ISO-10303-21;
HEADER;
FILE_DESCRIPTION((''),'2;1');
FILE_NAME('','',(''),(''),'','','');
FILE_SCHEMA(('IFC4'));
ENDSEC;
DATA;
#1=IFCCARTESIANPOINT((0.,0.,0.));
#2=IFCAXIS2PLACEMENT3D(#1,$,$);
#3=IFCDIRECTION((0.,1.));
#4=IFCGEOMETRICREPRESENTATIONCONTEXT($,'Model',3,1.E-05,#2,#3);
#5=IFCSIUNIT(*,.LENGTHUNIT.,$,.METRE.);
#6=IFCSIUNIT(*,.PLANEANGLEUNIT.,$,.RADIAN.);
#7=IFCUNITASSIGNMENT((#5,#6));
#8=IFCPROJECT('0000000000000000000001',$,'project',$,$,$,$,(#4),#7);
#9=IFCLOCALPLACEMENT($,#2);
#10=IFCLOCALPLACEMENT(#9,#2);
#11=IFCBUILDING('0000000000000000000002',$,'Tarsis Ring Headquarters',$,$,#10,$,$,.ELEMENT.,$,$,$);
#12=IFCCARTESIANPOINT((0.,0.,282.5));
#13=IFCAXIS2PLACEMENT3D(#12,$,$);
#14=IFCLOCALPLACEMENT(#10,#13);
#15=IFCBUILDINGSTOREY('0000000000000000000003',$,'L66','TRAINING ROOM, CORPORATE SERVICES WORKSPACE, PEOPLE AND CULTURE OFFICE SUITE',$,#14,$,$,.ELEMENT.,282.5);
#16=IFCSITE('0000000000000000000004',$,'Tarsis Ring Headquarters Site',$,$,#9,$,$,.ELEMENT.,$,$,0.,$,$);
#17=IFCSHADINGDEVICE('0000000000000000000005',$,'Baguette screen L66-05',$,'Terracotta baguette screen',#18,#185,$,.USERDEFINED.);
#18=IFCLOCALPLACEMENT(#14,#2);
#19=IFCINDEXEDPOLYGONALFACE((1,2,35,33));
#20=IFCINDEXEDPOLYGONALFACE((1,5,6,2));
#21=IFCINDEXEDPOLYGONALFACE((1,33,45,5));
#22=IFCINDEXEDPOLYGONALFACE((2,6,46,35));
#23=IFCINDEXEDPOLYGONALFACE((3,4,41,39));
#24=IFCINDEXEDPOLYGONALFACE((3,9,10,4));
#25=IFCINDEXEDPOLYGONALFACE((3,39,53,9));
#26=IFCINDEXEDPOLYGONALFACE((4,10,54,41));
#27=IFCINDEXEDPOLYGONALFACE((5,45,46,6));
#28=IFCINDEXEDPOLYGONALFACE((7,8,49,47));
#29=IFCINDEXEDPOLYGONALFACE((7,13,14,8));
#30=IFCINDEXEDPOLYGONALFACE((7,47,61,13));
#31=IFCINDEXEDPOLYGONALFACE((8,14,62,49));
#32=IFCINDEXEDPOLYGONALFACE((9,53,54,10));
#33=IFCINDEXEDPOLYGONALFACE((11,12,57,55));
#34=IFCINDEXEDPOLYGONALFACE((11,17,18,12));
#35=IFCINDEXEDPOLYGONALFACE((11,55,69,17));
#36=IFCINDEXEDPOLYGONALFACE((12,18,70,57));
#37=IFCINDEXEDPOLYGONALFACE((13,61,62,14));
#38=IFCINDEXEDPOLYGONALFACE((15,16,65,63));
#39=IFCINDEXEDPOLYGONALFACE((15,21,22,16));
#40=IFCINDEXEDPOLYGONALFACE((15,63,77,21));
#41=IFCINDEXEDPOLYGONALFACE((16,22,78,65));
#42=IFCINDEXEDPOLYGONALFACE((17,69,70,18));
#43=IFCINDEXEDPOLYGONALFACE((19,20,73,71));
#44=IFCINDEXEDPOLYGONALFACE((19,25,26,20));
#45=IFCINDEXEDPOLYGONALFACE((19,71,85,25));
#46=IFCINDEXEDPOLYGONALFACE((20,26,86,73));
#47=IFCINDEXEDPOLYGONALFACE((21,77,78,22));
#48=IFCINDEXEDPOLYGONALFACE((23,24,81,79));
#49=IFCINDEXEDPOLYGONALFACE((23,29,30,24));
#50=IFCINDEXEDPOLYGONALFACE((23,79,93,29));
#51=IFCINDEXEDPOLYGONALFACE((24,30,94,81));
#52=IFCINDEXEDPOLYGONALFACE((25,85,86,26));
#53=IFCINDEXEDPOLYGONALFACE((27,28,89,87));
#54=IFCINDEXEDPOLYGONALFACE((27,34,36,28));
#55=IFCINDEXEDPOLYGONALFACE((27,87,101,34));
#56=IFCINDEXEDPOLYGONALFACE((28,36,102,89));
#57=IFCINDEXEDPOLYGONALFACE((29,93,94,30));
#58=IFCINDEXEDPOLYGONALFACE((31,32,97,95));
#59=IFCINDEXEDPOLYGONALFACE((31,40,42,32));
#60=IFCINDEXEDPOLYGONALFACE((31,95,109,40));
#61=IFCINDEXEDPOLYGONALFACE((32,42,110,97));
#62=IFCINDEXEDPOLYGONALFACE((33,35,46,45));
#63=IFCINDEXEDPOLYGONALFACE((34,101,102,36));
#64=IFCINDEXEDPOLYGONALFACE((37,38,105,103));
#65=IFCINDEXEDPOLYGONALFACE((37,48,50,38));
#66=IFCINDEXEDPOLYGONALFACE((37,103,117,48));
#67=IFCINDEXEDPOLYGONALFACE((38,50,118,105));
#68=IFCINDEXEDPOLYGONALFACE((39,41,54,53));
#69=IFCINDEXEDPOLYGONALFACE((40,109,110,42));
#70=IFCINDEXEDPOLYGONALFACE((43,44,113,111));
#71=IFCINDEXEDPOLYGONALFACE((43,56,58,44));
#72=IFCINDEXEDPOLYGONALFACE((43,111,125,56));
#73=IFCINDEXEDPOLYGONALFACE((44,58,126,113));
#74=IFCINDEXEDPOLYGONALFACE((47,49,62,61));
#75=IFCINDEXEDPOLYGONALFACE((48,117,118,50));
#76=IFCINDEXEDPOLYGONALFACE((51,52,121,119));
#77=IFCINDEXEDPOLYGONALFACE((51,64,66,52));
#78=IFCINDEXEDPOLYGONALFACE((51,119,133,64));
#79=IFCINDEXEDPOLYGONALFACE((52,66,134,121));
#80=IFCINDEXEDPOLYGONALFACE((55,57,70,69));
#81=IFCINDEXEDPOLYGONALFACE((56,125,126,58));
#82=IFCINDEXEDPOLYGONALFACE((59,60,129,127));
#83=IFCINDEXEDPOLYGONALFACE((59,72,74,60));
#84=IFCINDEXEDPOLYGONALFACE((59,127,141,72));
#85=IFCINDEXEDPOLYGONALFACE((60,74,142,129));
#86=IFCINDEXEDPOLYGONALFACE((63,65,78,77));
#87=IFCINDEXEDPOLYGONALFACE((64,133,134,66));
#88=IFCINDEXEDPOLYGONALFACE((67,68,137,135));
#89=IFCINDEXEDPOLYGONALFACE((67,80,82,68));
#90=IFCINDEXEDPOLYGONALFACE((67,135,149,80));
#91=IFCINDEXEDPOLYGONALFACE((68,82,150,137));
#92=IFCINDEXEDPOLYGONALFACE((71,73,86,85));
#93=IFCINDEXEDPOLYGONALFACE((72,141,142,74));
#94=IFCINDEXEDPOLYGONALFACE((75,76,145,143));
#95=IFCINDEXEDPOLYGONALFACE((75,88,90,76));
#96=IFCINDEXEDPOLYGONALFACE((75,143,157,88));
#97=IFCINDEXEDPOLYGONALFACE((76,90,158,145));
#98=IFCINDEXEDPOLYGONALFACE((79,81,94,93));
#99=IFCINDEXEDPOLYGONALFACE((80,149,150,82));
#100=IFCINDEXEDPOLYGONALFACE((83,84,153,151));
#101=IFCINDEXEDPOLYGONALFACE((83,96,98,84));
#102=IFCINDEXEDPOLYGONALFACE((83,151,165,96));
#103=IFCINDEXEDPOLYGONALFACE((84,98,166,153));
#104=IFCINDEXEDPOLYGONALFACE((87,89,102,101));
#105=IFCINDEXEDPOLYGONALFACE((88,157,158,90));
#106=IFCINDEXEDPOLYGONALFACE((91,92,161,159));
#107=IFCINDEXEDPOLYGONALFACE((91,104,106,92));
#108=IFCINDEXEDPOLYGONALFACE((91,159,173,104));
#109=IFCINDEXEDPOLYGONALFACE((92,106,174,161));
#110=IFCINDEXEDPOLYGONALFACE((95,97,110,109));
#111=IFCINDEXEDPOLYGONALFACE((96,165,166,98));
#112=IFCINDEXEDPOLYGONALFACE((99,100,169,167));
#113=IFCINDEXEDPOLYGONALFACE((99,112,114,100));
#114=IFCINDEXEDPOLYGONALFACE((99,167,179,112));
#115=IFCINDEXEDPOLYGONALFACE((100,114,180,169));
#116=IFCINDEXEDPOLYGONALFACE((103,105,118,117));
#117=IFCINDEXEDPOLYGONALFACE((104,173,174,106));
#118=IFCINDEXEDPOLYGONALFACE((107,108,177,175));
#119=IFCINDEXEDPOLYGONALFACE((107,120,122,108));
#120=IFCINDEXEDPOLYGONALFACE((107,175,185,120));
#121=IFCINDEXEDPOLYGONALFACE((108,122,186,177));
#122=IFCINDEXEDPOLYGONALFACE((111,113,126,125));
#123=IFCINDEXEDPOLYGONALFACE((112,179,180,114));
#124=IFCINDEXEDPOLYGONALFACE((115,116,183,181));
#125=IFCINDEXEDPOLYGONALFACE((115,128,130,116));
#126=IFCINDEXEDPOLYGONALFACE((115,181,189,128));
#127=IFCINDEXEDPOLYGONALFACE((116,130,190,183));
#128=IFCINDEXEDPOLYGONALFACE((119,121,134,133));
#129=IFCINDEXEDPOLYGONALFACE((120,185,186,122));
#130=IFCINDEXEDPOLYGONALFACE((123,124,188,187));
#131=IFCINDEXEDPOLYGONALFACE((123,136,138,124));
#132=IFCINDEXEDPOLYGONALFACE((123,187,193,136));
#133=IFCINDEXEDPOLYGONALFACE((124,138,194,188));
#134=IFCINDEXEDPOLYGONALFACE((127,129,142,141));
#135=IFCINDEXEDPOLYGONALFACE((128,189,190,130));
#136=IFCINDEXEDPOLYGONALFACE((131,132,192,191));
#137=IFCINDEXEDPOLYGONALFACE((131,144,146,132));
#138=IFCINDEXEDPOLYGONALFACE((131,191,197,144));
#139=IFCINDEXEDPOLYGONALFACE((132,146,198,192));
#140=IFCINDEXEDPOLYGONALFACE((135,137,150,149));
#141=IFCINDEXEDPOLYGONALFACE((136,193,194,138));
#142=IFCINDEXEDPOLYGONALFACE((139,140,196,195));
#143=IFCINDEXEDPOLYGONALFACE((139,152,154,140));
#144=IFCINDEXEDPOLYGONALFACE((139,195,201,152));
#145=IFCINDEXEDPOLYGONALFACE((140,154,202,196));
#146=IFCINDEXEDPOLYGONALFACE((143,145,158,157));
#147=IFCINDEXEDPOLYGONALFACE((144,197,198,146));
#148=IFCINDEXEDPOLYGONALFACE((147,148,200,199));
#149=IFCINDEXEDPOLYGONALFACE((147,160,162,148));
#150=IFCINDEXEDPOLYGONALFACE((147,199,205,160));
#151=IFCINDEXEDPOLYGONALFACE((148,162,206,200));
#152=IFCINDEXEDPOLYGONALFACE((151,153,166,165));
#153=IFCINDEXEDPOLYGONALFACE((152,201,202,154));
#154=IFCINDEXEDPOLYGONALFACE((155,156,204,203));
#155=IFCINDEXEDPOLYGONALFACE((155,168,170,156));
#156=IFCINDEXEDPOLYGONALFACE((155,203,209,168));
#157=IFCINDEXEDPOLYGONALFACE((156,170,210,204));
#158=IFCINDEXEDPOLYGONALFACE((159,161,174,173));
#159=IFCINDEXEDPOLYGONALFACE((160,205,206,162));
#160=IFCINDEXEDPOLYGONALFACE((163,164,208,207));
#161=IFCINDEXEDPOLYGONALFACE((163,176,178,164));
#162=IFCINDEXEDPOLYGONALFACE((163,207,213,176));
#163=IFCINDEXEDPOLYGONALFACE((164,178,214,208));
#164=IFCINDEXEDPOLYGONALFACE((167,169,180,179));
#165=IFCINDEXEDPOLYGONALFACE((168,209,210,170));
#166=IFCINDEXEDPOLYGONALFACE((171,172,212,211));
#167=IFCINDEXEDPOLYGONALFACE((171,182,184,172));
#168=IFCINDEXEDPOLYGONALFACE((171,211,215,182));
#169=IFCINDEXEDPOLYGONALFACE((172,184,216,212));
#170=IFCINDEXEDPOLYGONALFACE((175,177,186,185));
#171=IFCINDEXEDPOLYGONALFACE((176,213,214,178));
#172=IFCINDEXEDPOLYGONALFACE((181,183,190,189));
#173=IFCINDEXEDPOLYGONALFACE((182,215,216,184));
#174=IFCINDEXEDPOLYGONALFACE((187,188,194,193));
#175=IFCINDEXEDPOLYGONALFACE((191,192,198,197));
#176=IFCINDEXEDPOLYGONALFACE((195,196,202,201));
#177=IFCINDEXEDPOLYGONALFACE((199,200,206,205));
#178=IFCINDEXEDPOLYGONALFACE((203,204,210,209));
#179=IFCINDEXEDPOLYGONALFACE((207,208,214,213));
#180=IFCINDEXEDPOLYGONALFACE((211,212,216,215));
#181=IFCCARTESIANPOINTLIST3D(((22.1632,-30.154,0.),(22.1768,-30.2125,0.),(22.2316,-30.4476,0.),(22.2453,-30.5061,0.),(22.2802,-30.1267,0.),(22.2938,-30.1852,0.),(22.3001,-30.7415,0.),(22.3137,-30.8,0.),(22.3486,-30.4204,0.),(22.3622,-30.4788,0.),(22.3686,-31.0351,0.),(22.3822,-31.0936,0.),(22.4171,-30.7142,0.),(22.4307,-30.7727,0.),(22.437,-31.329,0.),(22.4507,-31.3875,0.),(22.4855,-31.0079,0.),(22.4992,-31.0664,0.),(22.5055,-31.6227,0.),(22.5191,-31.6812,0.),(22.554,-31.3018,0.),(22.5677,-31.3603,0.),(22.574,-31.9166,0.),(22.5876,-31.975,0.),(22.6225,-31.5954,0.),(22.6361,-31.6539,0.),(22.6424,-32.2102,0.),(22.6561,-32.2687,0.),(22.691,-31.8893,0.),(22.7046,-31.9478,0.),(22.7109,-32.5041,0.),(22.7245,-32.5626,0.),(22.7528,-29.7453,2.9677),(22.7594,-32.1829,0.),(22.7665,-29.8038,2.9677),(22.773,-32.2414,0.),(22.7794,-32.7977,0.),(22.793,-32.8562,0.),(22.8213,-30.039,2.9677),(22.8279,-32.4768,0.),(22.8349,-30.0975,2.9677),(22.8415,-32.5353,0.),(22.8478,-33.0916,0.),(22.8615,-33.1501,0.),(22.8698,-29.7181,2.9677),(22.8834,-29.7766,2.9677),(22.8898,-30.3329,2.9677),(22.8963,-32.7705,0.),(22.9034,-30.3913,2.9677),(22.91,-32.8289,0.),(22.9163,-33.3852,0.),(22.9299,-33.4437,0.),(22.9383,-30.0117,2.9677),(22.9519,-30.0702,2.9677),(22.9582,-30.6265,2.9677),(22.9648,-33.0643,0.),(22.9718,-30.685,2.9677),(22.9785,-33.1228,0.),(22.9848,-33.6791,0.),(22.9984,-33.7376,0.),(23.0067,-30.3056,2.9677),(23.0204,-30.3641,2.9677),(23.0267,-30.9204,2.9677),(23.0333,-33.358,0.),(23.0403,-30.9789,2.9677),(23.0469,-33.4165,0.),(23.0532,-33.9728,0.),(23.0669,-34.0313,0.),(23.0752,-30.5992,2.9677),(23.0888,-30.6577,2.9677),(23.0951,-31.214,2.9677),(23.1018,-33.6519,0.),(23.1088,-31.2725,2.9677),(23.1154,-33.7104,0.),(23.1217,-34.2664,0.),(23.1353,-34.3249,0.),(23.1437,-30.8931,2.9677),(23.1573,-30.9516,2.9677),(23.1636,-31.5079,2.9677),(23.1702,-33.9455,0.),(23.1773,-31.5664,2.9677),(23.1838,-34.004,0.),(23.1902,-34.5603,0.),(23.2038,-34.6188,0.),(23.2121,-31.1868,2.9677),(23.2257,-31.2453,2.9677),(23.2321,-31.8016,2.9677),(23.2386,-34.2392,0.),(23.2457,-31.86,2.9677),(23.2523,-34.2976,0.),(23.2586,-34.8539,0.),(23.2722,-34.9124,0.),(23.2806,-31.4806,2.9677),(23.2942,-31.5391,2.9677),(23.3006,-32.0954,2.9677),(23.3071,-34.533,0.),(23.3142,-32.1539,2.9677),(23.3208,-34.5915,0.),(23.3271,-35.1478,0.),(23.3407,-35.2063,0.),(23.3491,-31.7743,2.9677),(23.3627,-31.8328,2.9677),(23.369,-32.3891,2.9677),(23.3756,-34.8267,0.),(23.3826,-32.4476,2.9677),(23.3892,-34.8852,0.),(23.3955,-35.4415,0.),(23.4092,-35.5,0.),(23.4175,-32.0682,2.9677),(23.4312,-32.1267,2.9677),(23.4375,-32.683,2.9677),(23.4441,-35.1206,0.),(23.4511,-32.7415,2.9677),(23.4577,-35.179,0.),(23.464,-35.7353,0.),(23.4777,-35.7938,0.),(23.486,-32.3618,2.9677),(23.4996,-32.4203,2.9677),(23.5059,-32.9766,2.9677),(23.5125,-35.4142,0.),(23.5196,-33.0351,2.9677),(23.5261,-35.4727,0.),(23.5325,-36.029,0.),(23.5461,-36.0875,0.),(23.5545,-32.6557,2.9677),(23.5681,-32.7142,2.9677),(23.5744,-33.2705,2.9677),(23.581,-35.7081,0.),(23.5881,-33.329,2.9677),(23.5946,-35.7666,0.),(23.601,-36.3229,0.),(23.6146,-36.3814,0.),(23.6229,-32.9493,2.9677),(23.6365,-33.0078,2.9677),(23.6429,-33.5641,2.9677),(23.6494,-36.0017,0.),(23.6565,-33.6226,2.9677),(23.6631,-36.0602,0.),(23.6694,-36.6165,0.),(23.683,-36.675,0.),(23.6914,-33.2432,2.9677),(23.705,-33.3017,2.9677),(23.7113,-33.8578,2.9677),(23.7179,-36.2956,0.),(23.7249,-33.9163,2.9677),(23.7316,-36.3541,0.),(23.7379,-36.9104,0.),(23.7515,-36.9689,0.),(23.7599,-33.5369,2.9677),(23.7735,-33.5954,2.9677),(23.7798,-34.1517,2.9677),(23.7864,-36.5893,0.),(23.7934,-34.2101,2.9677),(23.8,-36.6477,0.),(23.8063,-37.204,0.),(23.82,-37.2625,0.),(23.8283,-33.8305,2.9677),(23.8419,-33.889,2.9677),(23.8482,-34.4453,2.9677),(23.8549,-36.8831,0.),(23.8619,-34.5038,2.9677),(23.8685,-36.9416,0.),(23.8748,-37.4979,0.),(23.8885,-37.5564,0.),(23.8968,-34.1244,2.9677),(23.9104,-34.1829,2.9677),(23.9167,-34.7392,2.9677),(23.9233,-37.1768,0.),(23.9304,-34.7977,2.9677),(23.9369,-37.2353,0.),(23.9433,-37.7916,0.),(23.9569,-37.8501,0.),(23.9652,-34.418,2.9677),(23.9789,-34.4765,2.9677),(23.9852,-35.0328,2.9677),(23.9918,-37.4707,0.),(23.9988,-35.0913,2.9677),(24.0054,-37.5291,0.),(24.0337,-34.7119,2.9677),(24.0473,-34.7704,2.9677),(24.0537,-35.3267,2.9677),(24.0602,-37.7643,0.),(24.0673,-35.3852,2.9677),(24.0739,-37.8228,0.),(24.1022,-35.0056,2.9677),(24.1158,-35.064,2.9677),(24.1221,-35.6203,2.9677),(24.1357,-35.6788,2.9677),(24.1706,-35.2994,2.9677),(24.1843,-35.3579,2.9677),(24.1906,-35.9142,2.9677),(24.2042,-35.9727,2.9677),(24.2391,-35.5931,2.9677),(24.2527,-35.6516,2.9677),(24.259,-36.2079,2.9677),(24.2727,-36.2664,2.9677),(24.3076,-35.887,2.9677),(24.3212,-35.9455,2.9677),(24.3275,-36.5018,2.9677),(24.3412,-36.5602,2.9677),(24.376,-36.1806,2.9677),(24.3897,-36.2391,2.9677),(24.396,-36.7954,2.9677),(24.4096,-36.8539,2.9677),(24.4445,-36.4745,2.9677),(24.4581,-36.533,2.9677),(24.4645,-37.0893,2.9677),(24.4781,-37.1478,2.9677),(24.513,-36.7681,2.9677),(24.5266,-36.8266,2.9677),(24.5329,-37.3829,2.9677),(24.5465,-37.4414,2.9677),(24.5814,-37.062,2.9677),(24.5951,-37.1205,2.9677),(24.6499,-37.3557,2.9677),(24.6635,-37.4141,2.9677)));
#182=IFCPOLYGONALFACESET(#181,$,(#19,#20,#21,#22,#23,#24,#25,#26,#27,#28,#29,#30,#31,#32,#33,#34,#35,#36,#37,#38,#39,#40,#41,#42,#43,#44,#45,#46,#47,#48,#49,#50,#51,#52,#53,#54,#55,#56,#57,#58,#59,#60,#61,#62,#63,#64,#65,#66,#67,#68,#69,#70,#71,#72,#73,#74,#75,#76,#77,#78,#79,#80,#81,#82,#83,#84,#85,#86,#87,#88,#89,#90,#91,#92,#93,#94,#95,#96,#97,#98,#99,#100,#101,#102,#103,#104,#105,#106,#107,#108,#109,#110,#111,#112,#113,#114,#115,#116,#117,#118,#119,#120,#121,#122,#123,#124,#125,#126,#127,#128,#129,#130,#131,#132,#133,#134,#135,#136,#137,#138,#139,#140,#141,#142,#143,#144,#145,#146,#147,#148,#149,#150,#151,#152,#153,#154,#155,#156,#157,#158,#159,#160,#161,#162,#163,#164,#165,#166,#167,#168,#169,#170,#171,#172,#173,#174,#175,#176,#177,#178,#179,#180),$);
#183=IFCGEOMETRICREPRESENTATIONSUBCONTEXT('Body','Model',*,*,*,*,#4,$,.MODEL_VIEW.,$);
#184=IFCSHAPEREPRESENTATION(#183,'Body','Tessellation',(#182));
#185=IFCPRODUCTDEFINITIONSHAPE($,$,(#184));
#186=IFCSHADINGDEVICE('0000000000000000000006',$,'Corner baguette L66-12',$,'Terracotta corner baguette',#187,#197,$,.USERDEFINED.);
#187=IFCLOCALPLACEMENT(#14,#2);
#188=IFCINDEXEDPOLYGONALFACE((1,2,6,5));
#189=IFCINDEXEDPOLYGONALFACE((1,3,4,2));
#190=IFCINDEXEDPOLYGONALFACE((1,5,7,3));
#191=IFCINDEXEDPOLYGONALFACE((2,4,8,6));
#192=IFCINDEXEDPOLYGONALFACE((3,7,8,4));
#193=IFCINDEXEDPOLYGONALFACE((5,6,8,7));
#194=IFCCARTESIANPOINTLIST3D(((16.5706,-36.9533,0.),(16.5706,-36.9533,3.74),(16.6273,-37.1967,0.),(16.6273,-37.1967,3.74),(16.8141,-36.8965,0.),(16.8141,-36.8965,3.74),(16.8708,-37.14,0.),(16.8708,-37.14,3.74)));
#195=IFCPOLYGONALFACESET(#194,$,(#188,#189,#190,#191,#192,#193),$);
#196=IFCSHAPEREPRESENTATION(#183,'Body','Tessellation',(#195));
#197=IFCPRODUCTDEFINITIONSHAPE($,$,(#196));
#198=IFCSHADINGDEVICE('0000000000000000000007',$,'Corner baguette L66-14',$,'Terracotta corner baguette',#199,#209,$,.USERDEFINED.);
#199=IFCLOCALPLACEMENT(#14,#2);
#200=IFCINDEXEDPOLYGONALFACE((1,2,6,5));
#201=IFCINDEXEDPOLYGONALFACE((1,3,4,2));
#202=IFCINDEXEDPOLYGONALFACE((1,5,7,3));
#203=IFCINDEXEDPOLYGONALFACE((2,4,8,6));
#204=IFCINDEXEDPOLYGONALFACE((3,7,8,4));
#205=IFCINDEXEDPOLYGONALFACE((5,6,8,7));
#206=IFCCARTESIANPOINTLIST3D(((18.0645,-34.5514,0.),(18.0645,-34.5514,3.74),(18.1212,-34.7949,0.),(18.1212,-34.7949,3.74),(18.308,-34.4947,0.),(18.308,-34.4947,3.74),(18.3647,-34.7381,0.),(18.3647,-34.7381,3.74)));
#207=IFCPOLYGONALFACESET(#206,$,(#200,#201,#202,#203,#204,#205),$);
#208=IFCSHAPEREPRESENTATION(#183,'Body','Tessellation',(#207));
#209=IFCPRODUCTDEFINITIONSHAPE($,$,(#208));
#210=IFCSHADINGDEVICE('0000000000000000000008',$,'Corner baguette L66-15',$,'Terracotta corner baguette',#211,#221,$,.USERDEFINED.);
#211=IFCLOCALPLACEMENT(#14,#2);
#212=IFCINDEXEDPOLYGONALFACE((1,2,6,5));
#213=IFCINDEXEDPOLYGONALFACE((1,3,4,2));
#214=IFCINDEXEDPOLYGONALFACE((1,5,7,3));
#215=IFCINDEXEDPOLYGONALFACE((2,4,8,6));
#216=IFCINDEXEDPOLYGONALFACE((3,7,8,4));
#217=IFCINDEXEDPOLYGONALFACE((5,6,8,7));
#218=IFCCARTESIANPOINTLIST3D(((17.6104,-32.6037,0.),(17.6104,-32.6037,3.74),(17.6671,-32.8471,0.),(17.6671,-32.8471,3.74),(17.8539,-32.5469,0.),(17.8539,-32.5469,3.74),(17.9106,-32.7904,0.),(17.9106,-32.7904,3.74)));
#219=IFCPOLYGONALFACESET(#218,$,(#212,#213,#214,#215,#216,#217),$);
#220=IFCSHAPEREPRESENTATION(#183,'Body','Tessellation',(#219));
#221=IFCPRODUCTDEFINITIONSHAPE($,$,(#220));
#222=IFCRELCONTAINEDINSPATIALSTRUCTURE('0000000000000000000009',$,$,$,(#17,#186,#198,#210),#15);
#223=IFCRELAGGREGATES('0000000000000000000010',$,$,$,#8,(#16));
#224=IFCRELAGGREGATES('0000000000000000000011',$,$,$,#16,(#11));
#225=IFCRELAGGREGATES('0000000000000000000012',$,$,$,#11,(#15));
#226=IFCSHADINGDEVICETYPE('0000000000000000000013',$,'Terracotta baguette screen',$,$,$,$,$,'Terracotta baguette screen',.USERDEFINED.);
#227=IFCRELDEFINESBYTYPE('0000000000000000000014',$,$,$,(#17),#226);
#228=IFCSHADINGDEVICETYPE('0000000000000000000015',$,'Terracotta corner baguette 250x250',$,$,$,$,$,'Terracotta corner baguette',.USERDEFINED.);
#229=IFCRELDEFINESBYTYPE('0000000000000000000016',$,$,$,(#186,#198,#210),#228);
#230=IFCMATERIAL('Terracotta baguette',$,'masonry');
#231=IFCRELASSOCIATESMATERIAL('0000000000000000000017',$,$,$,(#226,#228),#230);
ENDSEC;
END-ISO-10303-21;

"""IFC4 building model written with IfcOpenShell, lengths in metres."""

from ifc_helpers import new_model, si_unit, direction, frame, frame_2d, origin, origin_2d, place, context, subcontext, project, spatial, rectangle, composite_profile, extrude, material, type_object, element, save


model = new_model("IFC4")

# Units and contexts
model_context = context("Model", 3, precision=1e-05, world=origin(), true_north=direction((0.0, 1.0)))
body_context = subcontext(model_context, "Body", "Model", "MODEL_VIEW")
ifc_project = project(units=[si_unit("LENGTHUNIT", "METRE"), si_unit("PLANEANGLEUNIT", "RADIAN")], contexts=[model_context])

# Site, building, storey
site_placement = place(None, origin())
site = spatial("IfcSite", under=ifc_project, at=site_placement, Name="Tarsis Ring Headquarters Site", CompositionType="ELEMENT", RefElevation=0.0)
building_placement = place(site_placement, origin())
building = spatial("IfcBuilding", under=site, at=building_placement, Name="Tarsis Ring Headquarters", CompositionType="ELEMENT")
storey_placement = place(building_placement, frame((0.0, 0.0, 282.5)))
storey = spatial("IfcBuildingStorey", under=building, at=storey_placement, Name="L66", Description="TRAINING ROOM, CORPORATE SERVICES WORKSPACE, PEOPLE AND CULTURE OFFICE SUITE", CompositionType="ELEMENT", Elevation=282.5)

# Shading devices
ifc_material_1 = material(Name="Terracotta baguette", Category="masonry")
shading_device_type_1 = type_object("IfcShadingDeviceType", Name="Terracotta baguette screen", ElementType="Terracotta baguette screen", PredefinedType="USERDEFINED", material=ifc_material_1)
shading_device_1_placement = place(storey_placement, frame((24.0154, -37.8364, 0.0), z_axis=(0.0, 0.0, 1.0), x_axis=(-0.226983, 0.973894, 0.0)))
element("IfcShadingDevice", 1, at=shading_device_1_placement, inside=storey, type_object=shading_device_type_1, Name="Baguette screen L66-05", ObjectType="Terracotta baguette screen", PredefinedType="USERDEFINED", context=body_context, shape_type="SweptSolid", body=[
    extrude(composite_profile([rectangle(XDim=0.0601, YDim=0.1201, at=frame_2d((0.03, 0.0))), rectangle(XDim=0.0601, YDim=0.1201, at=frame_2d((0.3315, 0.0))), rectangle(XDim=0.0601, YDim=0.1201, at=frame_2d((0.6333, 0.0))), rectangle(XDim=0.0601, YDim=0.1201, at=frame_2d((0.9348, 0.0))), rectangle(XDim=0.0601, YDim=0.1201, at=frame_2d((1.2366, 0.0))), rectangle(XDim=0.0601, YDim=0.1201, at=frame_2d((1.5381, 0.0))), rectangle(XDim=0.0601, YDim=0.1201, at=frame_2d((1.8398, 0.0))), rectangle(XDim=0.0601, YDim=0.1201, at=frame_2d((2.1414, 0.0))), rectangle(XDim=0.0601, YDim=0.1201, at=frame_2d((2.4431, 0.0))), rectangle(XDim=0.0601, YDim=0.1201, at=frame_2d((2.7446, 0.0))), rectangle(XDim=0.0601, YDim=0.1201, at=frame_2d((3.0464, 0.0))), rectangle(XDim=0.0601, YDim=0.1201, at=frame_2d((3.3479, 0.0))), rectangle(XDim=0.0601, YDim=0.1201, at=frame_2d((3.6497, 0.0))), rectangle(XDim=0.0601, YDim=0.1201, at=frame_2d((3.9512, 0.0))), rectangle(XDim=0.0601, YDim=0.1201, at=frame_2d((4.2527, 0.0))), rectangle(XDim=0.0601, YDim=0.1201, at=frame_2d((4.5544, 0.0))), rectangle(XDim=0.0601, YDim=0.1201, at=frame_2d((4.856, 0.0))), rectangle(XDim=0.0601, YDim=0.1201, at=frame_2d((5.1577, 0.0))), rectangle(XDim=0.0601, YDim=0.1201, at=frame_2d((5.4592, 0.0))), rectangle(XDim=0.0601, YDim=0.1201, at=frame_2d((5.761, 0.0))), rectangle(XDim=0.0601, YDim=0.1201, at=frame_2d((6.0625, 0.0))), rectangle(XDim=0.0601, YDim=0.1201, at=frame_2d((6.3643, 0.0))), rectangle(XDim=0.0601, YDim=0.1201, at=frame_2d((6.6658, 0.0))), rectangle(XDim=0.0601, YDim=0.1201, at=frame_2d((6.9675, 0.0))), rectangle(XDim=0.0601, YDim=0.1201, at=frame_2d((7.269, 0.0))), rectangle(XDim=0.0601, YDim=0.1201, at=frame_2d((7.5708, 0.0))), rectangle(XDim=0.0601, YDim=0.1201, at=frame_2d((7.8723, 0.0)))]), origin(), (0.086511, -0.218462, 0.972003), 3.0532),
])
shading_device_type_2 = type_object("IfcShadingDeviceType", Name="Terracotta corner baguette 250x250", ElementType="Terracotta corner baguette", PredefinedType="USERDEFINED", material=ifc_material_1)
for number, where, z_axis, x_axis, name in (
    (2, (16.7207, -37.0466, 0.0), (0.0, 0.0, 1.0), (0.973897, 0.226991, 0.0), "Corner baguette L66-12"),
    (3, (18.2146, -34.6448, 0.0), (0.0, 0.0, 1.0), (0.973897, 0.226991, 0.0), "Corner baguette L66-14"),
    (4, (17.7605, -32.697, 0.0), (0.0, 0.0, 1.0), (-0.226991, 0.973897, 0.0), "Corner baguette L66-15"),
):
    element("IfcShadingDevice", number, at=place(storey_placement, frame(where, z_axis=z_axis, x_axis=x_axis)), inside=storey, type_object=shading_device_type_2, Name=name, ObjectType="Terracotta corner baguette", PredefinedType="USERDEFINED", context=body_context, shape_type="SweptSolid", body=[
        extrude(rectangle(XDim=0.25, YDim=0.25, at=origin_2d()), origin(), (0.0, 0.0, 1.0), 3.74),
    ])

save(model, "model.ifc")
